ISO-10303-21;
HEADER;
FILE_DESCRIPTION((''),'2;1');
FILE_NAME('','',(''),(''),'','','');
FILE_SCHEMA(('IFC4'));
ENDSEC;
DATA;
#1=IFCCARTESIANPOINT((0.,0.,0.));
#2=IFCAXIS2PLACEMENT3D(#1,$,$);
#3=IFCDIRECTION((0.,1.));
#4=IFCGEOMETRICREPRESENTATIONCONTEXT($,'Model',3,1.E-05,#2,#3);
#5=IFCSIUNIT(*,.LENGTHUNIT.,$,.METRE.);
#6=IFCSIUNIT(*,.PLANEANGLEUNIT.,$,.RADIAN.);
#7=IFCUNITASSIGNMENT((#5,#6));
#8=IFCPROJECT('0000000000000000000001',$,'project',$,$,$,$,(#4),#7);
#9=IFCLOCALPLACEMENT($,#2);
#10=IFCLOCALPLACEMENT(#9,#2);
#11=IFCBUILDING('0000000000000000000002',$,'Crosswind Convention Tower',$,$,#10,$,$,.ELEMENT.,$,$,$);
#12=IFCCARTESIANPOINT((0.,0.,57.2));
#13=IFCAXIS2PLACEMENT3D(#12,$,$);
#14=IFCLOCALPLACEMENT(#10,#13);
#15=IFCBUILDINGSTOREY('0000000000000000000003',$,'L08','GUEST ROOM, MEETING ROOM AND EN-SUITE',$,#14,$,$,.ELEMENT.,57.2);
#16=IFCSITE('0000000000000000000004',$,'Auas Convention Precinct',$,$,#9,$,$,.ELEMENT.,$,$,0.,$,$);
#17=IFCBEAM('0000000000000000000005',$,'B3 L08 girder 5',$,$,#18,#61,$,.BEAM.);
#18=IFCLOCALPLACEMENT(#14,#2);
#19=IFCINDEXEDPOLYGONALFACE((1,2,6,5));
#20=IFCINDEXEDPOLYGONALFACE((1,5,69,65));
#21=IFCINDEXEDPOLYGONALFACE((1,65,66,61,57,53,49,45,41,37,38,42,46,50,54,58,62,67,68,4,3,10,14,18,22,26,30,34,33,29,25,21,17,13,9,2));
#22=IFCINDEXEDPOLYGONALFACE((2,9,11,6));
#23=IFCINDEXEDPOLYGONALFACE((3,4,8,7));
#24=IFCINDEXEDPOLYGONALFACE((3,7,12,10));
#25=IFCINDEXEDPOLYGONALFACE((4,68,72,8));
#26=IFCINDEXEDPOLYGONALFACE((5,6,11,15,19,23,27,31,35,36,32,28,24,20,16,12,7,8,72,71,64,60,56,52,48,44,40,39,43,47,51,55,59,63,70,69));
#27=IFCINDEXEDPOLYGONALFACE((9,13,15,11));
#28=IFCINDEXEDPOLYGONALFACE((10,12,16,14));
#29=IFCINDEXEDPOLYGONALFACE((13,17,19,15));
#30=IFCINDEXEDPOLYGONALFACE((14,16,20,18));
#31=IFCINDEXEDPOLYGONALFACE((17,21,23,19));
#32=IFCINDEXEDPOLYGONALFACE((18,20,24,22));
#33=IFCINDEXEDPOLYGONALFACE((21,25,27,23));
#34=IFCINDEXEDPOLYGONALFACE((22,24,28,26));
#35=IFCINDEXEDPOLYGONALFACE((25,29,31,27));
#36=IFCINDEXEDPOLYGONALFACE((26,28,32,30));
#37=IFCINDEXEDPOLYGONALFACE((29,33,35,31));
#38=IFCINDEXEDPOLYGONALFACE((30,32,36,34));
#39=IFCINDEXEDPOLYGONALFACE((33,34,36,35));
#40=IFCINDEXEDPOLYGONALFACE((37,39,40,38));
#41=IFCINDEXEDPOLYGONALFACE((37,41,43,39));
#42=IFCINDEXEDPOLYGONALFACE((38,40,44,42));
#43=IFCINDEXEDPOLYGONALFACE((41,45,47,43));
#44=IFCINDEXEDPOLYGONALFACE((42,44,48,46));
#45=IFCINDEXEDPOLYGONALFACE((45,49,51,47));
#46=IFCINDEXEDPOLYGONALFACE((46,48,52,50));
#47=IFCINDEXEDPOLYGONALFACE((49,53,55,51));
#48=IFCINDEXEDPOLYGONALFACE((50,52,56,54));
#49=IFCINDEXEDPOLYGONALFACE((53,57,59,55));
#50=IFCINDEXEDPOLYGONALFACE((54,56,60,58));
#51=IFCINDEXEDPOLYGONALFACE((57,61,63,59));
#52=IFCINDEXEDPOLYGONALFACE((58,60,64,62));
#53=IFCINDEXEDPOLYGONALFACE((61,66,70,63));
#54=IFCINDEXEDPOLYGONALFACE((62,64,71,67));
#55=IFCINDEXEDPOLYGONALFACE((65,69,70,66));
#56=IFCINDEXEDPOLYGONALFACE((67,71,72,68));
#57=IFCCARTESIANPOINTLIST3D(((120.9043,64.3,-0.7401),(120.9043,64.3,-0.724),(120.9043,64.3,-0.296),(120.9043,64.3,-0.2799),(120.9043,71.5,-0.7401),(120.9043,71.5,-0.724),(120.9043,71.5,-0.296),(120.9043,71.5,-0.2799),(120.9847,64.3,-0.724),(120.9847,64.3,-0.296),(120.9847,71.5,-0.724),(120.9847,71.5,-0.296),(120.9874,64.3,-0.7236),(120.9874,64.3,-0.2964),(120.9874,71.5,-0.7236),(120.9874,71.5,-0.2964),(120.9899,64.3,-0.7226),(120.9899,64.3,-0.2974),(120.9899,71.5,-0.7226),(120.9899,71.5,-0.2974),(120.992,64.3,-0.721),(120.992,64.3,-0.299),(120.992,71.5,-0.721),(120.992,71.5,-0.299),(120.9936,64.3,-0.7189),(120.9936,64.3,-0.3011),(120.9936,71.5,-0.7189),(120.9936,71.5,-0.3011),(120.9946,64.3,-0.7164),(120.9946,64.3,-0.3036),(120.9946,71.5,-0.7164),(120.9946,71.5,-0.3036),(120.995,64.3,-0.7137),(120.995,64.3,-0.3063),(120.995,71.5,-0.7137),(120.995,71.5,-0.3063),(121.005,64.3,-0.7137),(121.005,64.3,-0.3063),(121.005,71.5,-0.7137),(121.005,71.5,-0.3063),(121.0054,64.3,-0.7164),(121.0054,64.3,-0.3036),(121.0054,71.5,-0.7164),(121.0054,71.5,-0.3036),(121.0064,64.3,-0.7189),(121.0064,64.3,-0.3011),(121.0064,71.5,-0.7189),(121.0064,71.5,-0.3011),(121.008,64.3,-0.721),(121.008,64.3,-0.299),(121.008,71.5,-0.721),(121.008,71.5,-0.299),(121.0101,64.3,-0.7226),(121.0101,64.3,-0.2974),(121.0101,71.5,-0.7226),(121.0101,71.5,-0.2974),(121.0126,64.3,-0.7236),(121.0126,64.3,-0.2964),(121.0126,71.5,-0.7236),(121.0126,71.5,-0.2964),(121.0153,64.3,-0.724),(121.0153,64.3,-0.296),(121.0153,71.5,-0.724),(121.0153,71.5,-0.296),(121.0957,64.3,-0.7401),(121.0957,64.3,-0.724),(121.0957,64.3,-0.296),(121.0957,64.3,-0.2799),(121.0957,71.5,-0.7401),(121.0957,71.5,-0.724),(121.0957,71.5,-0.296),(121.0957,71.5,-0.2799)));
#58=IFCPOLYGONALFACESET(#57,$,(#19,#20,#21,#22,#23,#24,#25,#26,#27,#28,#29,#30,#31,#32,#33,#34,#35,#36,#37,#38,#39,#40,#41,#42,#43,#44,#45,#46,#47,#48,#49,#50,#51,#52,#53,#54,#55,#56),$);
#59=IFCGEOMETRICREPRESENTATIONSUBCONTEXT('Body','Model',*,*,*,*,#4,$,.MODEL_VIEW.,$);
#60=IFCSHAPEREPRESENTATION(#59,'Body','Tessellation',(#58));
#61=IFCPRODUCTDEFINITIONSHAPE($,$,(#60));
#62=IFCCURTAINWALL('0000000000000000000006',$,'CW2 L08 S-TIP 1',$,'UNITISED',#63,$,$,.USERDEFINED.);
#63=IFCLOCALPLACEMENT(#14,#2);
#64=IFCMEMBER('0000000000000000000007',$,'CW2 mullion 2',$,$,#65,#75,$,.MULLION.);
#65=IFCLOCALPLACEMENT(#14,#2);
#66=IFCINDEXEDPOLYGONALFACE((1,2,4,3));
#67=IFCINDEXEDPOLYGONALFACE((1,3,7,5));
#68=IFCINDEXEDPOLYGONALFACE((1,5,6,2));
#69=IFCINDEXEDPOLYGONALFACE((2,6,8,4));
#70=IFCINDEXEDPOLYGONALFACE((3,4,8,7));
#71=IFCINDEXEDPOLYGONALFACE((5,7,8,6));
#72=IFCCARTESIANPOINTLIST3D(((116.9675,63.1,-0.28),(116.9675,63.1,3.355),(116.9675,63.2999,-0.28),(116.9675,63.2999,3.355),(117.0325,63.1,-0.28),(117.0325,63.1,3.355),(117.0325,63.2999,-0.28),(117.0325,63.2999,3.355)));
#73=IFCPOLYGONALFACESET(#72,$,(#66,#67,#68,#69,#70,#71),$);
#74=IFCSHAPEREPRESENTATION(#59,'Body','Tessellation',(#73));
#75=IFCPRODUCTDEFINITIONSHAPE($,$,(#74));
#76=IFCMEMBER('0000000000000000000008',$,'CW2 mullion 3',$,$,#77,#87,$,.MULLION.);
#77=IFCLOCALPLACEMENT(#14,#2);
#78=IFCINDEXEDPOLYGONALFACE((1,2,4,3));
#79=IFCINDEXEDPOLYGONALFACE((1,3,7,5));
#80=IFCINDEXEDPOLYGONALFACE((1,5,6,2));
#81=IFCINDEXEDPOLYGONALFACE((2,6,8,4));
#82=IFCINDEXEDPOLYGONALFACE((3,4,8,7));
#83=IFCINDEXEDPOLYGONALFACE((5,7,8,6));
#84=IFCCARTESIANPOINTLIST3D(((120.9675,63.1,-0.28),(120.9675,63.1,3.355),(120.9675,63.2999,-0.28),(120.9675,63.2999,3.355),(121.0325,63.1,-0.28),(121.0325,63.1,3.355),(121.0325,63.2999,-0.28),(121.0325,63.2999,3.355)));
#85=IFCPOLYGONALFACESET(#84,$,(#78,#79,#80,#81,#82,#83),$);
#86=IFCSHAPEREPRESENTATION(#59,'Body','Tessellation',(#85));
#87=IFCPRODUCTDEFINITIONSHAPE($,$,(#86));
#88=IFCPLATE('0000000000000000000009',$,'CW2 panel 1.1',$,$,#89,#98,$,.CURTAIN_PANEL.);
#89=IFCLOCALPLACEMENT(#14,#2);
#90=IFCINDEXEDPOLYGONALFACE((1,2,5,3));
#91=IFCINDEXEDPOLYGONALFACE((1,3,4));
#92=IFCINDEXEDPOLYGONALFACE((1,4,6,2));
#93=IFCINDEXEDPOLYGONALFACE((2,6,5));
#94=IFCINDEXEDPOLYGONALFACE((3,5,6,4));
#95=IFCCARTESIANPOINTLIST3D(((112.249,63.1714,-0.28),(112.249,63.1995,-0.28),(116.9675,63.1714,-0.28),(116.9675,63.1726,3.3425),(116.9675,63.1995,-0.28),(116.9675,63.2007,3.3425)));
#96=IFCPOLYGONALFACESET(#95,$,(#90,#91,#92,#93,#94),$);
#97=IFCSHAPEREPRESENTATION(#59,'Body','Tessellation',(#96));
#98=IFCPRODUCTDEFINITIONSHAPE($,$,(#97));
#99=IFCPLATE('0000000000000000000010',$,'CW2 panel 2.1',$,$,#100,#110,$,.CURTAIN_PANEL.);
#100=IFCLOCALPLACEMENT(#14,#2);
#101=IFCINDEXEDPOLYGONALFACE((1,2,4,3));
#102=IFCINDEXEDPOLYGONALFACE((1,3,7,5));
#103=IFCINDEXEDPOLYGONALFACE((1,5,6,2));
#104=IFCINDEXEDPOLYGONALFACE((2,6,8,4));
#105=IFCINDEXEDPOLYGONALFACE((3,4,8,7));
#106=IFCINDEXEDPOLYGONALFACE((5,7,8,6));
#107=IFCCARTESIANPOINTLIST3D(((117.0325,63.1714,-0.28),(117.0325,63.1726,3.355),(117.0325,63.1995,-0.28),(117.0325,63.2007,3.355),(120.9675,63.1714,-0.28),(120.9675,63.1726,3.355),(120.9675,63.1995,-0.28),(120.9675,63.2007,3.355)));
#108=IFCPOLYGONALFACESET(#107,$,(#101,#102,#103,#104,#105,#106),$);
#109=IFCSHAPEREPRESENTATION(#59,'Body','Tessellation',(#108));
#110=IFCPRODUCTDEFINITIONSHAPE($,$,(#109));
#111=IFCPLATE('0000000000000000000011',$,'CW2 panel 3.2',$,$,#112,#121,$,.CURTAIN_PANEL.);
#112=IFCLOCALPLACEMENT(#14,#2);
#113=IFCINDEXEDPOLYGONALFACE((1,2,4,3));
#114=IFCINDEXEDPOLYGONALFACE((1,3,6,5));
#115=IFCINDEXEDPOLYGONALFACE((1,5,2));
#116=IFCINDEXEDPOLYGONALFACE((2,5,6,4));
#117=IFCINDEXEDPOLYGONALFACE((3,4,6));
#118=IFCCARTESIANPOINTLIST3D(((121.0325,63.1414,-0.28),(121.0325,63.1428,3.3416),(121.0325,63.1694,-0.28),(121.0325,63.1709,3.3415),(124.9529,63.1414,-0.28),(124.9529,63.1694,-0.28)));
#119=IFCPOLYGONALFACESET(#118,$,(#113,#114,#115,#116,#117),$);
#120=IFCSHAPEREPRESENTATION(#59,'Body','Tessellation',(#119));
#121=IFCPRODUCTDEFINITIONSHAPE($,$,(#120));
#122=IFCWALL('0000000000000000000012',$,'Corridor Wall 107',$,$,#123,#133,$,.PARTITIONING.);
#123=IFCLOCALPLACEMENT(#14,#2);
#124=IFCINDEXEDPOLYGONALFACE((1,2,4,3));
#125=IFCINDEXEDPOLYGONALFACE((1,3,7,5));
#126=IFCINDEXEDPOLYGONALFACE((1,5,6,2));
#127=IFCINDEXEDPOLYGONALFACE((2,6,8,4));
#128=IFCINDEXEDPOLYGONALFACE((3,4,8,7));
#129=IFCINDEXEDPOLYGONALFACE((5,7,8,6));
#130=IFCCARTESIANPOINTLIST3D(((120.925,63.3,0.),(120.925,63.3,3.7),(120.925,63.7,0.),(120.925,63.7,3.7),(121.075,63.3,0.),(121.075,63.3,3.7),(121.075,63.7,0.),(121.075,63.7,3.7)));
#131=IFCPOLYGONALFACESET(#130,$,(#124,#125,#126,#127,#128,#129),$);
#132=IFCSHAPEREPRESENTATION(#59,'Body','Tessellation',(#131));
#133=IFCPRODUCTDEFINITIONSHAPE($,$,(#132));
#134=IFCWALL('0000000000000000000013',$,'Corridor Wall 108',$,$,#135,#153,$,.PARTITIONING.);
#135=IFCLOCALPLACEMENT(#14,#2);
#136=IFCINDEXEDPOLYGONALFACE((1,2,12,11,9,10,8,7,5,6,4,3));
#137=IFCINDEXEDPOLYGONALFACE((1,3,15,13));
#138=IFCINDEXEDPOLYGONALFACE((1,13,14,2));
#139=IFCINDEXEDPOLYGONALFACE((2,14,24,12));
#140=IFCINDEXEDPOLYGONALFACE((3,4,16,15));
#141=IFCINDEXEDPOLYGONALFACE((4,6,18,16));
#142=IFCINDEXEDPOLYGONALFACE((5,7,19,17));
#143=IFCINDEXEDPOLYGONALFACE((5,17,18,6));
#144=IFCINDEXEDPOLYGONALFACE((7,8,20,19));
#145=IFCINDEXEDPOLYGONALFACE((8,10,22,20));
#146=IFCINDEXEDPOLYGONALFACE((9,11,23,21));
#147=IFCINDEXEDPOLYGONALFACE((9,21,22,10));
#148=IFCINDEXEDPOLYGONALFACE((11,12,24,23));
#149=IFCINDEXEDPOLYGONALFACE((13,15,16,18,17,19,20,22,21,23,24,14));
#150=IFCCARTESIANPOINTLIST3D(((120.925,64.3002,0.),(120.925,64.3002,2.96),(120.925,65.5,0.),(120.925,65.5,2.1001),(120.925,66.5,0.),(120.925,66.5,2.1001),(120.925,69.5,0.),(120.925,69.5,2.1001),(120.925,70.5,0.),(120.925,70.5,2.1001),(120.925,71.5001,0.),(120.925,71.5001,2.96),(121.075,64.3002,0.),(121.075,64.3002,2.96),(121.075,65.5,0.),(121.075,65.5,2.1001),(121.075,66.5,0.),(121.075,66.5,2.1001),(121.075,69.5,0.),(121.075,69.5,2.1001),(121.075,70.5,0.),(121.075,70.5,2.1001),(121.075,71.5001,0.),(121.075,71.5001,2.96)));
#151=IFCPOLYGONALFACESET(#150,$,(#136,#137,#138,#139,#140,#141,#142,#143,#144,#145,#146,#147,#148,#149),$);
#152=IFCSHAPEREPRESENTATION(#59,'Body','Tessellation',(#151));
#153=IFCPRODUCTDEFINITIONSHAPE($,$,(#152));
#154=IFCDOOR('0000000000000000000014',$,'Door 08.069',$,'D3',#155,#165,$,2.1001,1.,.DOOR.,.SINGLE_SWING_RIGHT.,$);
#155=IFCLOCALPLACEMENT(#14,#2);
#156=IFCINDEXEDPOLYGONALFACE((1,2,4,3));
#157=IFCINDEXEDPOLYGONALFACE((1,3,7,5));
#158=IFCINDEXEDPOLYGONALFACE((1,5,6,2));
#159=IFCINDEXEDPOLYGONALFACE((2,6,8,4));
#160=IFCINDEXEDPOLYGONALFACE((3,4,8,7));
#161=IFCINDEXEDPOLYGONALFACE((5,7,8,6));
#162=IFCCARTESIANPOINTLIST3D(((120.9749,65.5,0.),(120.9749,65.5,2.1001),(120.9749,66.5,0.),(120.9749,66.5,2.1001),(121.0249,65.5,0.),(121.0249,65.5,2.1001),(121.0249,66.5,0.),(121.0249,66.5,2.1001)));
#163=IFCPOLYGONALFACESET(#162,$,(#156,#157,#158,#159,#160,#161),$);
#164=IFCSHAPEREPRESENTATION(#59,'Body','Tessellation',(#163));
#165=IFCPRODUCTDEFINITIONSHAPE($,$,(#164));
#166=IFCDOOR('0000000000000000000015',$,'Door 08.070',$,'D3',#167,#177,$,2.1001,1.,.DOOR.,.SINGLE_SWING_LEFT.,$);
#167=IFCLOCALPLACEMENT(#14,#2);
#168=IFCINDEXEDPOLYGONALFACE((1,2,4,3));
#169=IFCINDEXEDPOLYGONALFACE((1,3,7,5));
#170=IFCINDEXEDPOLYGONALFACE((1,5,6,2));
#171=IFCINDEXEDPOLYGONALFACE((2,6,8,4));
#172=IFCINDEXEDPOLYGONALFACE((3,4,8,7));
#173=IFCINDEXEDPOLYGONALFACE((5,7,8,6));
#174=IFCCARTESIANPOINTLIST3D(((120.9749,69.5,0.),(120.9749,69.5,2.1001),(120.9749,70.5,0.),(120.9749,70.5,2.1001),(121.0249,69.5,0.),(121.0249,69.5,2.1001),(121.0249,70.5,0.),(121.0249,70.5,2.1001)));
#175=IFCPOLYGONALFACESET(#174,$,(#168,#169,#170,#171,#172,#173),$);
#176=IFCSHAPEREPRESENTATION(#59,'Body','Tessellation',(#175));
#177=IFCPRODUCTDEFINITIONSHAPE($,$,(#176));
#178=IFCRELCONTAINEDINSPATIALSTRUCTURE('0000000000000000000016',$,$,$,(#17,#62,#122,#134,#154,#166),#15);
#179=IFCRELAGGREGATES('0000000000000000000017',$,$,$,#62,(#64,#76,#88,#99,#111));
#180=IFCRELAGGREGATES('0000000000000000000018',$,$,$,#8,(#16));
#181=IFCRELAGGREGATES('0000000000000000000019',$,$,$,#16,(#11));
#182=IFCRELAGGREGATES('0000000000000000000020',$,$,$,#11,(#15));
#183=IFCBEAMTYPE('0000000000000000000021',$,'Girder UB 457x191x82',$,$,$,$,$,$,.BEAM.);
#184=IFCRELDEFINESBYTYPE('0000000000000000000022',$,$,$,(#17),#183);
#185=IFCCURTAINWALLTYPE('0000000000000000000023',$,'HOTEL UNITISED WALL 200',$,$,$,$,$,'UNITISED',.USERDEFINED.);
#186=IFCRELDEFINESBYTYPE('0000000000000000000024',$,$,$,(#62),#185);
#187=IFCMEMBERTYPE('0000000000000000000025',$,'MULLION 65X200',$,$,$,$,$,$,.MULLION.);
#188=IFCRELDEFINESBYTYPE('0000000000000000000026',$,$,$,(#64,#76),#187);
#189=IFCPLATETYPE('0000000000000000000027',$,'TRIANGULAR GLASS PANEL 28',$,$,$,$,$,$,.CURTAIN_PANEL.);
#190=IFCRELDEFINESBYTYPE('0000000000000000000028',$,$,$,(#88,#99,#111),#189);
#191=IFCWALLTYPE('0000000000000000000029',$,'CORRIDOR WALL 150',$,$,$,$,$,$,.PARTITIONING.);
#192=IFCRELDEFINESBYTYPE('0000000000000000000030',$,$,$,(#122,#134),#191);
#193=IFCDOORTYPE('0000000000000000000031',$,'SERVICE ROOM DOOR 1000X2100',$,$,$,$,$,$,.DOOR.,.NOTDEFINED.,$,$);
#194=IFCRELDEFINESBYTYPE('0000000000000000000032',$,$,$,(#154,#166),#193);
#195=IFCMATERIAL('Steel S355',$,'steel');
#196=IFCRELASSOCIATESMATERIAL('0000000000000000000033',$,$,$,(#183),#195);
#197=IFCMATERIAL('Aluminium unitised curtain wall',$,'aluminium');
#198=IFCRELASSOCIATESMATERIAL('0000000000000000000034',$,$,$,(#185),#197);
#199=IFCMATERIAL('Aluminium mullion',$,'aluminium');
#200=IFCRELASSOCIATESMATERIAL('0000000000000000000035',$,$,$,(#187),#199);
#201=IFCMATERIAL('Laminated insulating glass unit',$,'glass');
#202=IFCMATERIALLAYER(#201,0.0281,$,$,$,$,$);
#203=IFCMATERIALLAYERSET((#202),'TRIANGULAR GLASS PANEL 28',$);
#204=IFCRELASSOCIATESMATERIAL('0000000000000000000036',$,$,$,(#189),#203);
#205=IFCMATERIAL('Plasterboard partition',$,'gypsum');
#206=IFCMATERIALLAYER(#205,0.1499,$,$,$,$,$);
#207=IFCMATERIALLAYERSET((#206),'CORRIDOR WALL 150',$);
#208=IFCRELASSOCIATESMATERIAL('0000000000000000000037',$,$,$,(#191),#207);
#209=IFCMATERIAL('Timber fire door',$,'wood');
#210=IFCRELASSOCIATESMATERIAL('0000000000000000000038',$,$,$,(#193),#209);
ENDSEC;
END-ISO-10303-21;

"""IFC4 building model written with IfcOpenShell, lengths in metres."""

from ifc_helpers import new_model, si_unit, direction, frame, frame_2d, origin, origin_2d, place, context, subcontext, project, spatial, polyline, rectangle, i_section, outline, extrude, material, layer, layer_set, material_profile, profile_set, type_object, element, fill, aggregate, save


model = new_model("IFC4")

# Units and contexts
model_context = context("Model", 3, precision=1e-05, world=origin(), true_north=direction((0.0, 1.0)))
body_context = subcontext(model_context, "Body", "Model", "MODEL_VIEW")
ifc_project = project(units=[si_unit("LENGTHUNIT", "METRE"), si_unit("PLANEANGLEUNIT", "RADIAN")], contexts=[model_context])

# Site, building, storey
site_placement = place(None, origin())
site = spatial("IfcSite", under=ifc_project, at=site_placement, Name="Auas Convention Precinct", CompositionType="ELEMENT", RefElevation=0.0)
building_placement = place(site_placement, origin())
building = spatial("IfcBuilding", under=site, at=building_placement, Name="Crosswind Convention Tower", CompositionType="ELEMENT")
storey_placement = place(building_placement, frame((0.0, 0.0, 57.2)))
storey = spatial("IfcBuildingStorey", under=building, at=storey_placement, Name="L08", Description="GUEST ROOM, MEETING ROOM AND EN-SUITE", CompositionType="ELEMENT", Elevation=57.2)

# Beam
ifc_material_1 = material(Name="Steel S355", Category="steel")
ifc_material_profile_1 = material_profile(ifc_material_1, i_section(OverallWidth=0.1914, OverallDepth=0.4602, WebThickness=0.01, FlangeThickness=0.0161, FilletRadius=0.0103, at=origin_2d()), Name="UB 457x191x82")
ifc_profile_set_1 = profile_set([ifc_material_profile_1], Name="Steel S355")
beam_type_1 = type_object("IfcBeamType", Name="Girder UB 457x191x82", PredefinedType="BEAM", material=ifc_profile_set_1)
beam_1_placement = place(storey_placement, frame((121.0, 64.3, -0.51), z_axis=(0.0, 1.0, 0.0), x_axis=(-1.0, 0.0, 0.0)))
element("IfcBeam", 1, at=beam_1_placement, inside=storey, type_object=beam_type_1, Name="B3 L08 girder 5", PredefinedType="BEAM", context=body_context, shape_type="SweptSolid", body=[
    extrude(i_section(OverallWidth=0.1914, OverallDepth=0.4602, WebThickness=0.01, FlangeThickness=0.0161, FilletRadius=0.0103, at=origin_2d()), origin(), (0.0, 0.0, 1.0), 7.2),
])

# Curtain wall, members, plates
ifc_material_2 = material(Name="Aluminium unitised curtain wall", Category="aluminium")
curtain_wall_type = type_object("IfcCurtainWallType", Name="HOTEL UNITISED WALL 200", ElementType="UNITISED", PredefinedType="USERDEFINED", material=ifc_material_2)
curtain_wall_placement = place(storey_placement, origin())
curtain_wall = element("IfcCurtainWall", 2, at=curtain_wall_placement, inside=storey, type_object=curtain_wall_type, Name="CW2 L08 S-TIP 1", ObjectType="UNITISED", PredefinedType="USERDEFINED")
ifc_material_3 = material(Name="Aluminium mullion", Category="aluminium")
ifc_material_profile_2 = material_profile(ifc_material_3, rectangle(XDim=0.2, YDim=0.0649, at=origin_2d()), Name="AL 200X65")
ifc_profile_set_2 = profile_set([ifc_material_profile_2], Name="Aluminium mullion")
member_type = type_object("IfcMemberType", Name="MULLION 65X200", PredefinedType="MULLION", material=ifc_profile_set_2)
member_1_placement = place(storey_placement, frame((117.0, 63.2, -0.28), z_axis=(0.0, 0.0, 1.0), x_axis=(0.0, -1.0, 0.0)))
member_1 = element("IfcMember", 3, at=member_1_placement, type_object=member_type, Name="CW2 mullion 2", PredefinedType="MULLION", context=body_context, shape_type="SweptSolid", body=[
    extrude(rectangle(XDim=0.2, YDim=0.0649, at=origin_2d()), origin(), (0.0, 0.0, 1.0), 3.635),
])
member_2_placement = place(storey_placement, frame((121.0, 63.2, -0.28), z_axis=(0.0, 0.0, 1.0), x_axis=(0.0, -1.0, 0.0)))
member_2 = element("IfcMember", 4, at=member_2_placement, type_object=member_type, Name="CW2 mullion 3", PredefinedType="MULLION", context=body_context, shape_type="SweptSolid", body=[
    extrude(rectangle(XDim=0.2, YDim=0.0649, at=origin_2d()), origin(), (0.0, 0.0, 1.0), 3.635),
])
ifc_material_4 = material(Name="Laminated insulating glass unit", Category="glass")
ifc_layer_1 = layer(ifc_material_4, 0.0281)
ifc_layer_set_1 = layer_set([ifc_layer_1], Name="TRIANGULAR GLASS PANEL 28")
plate_type = type_object("IfcPlateType", Name="TRIANGULAR GLASS PANEL 28", PredefinedType="CURTAIN_PANEL", material=ifc_layer_set_1)
plate_1_placement = place(storey_placement, frame((116.9675, 63.1714, -0.28), z_axis=(0.0, -1.0, 0.000337), x_axis=(0.0, 0.000337, 1.0)))
plate_1 = element("IfcPlate", 5, at=plate_1_placement, type_object=plate_type, Name="CW2 panel 1.1", PredefinedType="CURTAIN_PANEL", context=body_context, shape_type="SweptSolid", body=[
    extrude(outline(polyline([(0.0, 0.0), (3.6226, 0.0), (0.0, 4.7185), (0.0, 0.0)])), origin(), (0.0, 0.0, -1.0), 0.0281),
])
plate_2_placement = place(storey_placement, frame((117.0325, 63.1714, -0.28), z_axis=(0.0, -1.0, 0.000336), x_axis=(1.0, 0.0, 0.0)))
plate_2 = element("IfcPlate", 6, at=plate_2_placement, type_object=plate_type, Name="CW2 panel 2.1", PredefinedType="CURTAIN_PANEL", context=body_context, shape_type="SweptSolid", body=[
    extrude(outline(polyline([(0.0, 0.0), (3.9351, 0.0), (3.9351, 3.635), (0.0, 3.635), (0.0, 0.0)])), origin(), (0.0, 0.0, -1.0), 0.0281),
])
plate_3_placement = place(storey_placement, frame((121.0325, 63.1414, -0.28), z_axis=(0.0, -1.0, 0.000404), x_axis=(1.0, 0.0, 0.0)))
plate_3 = element("IfcPlate", 7, at=plate_3_placement, type_object=plate_type, Name="CW2 panel 3.2", PredefinedType="CURTAIN_PANEL", context=body_context, shape_type="SweptSolid", body=[
    extrude(outline(polyline([(0.0, 0.0), (3.9204, 0.0), (0.0, 3.6216), (0.0, 0.0)])), origin(), (0.0, 0.0, -1.0), 0.0281),
])
aggregate(curtain_wall, [member_1, member_2, plate_1, plate_2, plate_3])

# Wall
ifc_material_5 = material(Name="Plasterboard partition", Category="gypsum")
ifc_layer_2 = layer(ifc_material_5, 0.1499)
ifc_layer_set_2 = layer_set([ifc_layer_2], Name="CORRIDOR WALL 150")
wall_type_1 = type_object("IfcWallType", Name="CORRIDOR WALL 150", PredefinedType="PARTITIONING", material=ifc_layer_set_2)
wall_1_placement = place(storey_placement, frame((121.0, 63.3, 0.0), z_axis=(0.0, 0.0, 1.0), x_axis=(0.0, 1.0, 0.0)))
element("IfcWall", 8, at=wall_1_placement, inside=storey, type_object=wall_type_1, Name="Corridor Wall 107", PredefinedType="PARTITIONING", context=body_context, shape_type="SweptSolid", body=[
    extrude(rectangle(XDim=0.3999, YDim=0.1499, at=frame_2d((0.2, 0.0))), origin(), (0.0, 0.0, 1.0), 3.7),
])

# Wall, openings, doors
wall_2_placement = place(storey_placement, frame((121.0, 64.3, 0.0), z_axis=(0.0, 0.0, 1.0), x_axis=(0.0, 1.0, 0.0)))
wall_2 = element("IfcWall", 9, at=wall_2_placement, inside=storey, type_object=wall_type_1, Name="Corridor Wall 108", PredefinedType="PARTITIONING", context=body_context, shape_type="SweptSolid", body=[
    extrude(rectangle(XDim=7.2, YDim=0.1499, at=frame_2d((3.6001, 0.0))), origin(), (0.0, 0.0, 1.0), 2.96),
])
opening_1_placement = place(wall_2_placement, frame((1.2, 0.0, 0.0)))
opening_1 = element("IfcOpeningElement", 10, at=opening_1_placement, cuts=wall_2, PredefinedType="OPENING", context=body_context, shape_type="SweptSolid", body=[
    extrude(rectangle(XDim=1.0, YDim=2.1001, at=frame_2d((0.5, 1.05))), frame((0.0, 0.085, 0.0), z_axis=(0.0, -1.0, 0.0), x_axis=(1.0, 0.0, 0.0)), (0.0, 0.0, 1.0), 0.1699),
])
opening_2_placement = place(wall_2_placement, frame((5.2, 0.0, 0.0)))
opening_2 = element("IfcOpeningElement", 11, at=opening_2_placement, cuts=wall_2, PredefinedType="OPENING", context=body_context, shape_type="SweptSolid", body=[
    extrude(rectangle(XDim=1.0, YDim=2.1001, at=frame_2d((0.5, 1.05))), frame((0.0, 0.085, 0.0), z_axis=(0.0, -1.0, 0.0), x_axis=(1.0, 0.0, 0.0)), (0.0, 0.0, 1.0), 0.1699),
])
ifc_material_6 = material(Name="Timber fire door", Category="wood")
door_type_1 = type_object("IfcDoorType", Name="SERVICE ROOM DOOR 1000X2100", OperationType="NOTDEFINED", PredefinedType="DOOR", material=ifc_material_6)
door_1_placement = place(opening_1_placement, frame((1.0, 0.0, 0.0), z_axis=(0.0, 0.0, 1.0), x_axis=(-1.0, 0.0, 0.0)))
door_1 = element("IfcDoor", 12, at=door_1_placement, inside=storey, type_object=door_type_1, Name="Door 08.069", ObjectType="D3", OperationType="SINGLE_SWING_RIGHT", OverallHeight=2.1001, OverallWidth=1.0, PredefinedType="DOOR", context=body_context, shape_type="SweptSolid", body=[
    extrude(rectangle(XDim=1.0, YDim=2.1001, at=frame_2d((0.5, 1.05))), frame((0.0, 0.0249, 0.0), z_axis=(0.0, -1.0, 0.0), x_axis=(1.0, 0.0, 0.0)), (0.0, 0.0, 1.0), 0.05),
])
fill(opening_1, door_1)
door_2_placement = place(opening_2_placement, frame((1.0, 0.0, 0.0), z_axis=(0.0, 0.0, 1.0), x_axis=(-1.0, 0.0, 0.0)))
door_2 = element("IfcDoor", 13, at=door_2_placement, inside=storey, type_object=door_type_1, Name="Door 08.070", ObjectType="D3", OperationType="SINGLE_SWING_LEFT", OverallHeight=2.1001, OverallWidth=1.0, PredefinedType="DOOR", context=body_context, shape_type="SweptSolid", body=[
    extrude(rectangle(XDim=1.0, YDim=2.1001, at=frame_2d((0.5, 1.05))), frame((0.0, 0.0249, 0.0), z_axis=(0.0, -1.0, 0.0), x_axis=(1.0, 0.0, 0.0)), (0.0, 0.0, 1.0), 0.05),
])
fill(opening_2, door_2)

save(model, "model.ifc")
